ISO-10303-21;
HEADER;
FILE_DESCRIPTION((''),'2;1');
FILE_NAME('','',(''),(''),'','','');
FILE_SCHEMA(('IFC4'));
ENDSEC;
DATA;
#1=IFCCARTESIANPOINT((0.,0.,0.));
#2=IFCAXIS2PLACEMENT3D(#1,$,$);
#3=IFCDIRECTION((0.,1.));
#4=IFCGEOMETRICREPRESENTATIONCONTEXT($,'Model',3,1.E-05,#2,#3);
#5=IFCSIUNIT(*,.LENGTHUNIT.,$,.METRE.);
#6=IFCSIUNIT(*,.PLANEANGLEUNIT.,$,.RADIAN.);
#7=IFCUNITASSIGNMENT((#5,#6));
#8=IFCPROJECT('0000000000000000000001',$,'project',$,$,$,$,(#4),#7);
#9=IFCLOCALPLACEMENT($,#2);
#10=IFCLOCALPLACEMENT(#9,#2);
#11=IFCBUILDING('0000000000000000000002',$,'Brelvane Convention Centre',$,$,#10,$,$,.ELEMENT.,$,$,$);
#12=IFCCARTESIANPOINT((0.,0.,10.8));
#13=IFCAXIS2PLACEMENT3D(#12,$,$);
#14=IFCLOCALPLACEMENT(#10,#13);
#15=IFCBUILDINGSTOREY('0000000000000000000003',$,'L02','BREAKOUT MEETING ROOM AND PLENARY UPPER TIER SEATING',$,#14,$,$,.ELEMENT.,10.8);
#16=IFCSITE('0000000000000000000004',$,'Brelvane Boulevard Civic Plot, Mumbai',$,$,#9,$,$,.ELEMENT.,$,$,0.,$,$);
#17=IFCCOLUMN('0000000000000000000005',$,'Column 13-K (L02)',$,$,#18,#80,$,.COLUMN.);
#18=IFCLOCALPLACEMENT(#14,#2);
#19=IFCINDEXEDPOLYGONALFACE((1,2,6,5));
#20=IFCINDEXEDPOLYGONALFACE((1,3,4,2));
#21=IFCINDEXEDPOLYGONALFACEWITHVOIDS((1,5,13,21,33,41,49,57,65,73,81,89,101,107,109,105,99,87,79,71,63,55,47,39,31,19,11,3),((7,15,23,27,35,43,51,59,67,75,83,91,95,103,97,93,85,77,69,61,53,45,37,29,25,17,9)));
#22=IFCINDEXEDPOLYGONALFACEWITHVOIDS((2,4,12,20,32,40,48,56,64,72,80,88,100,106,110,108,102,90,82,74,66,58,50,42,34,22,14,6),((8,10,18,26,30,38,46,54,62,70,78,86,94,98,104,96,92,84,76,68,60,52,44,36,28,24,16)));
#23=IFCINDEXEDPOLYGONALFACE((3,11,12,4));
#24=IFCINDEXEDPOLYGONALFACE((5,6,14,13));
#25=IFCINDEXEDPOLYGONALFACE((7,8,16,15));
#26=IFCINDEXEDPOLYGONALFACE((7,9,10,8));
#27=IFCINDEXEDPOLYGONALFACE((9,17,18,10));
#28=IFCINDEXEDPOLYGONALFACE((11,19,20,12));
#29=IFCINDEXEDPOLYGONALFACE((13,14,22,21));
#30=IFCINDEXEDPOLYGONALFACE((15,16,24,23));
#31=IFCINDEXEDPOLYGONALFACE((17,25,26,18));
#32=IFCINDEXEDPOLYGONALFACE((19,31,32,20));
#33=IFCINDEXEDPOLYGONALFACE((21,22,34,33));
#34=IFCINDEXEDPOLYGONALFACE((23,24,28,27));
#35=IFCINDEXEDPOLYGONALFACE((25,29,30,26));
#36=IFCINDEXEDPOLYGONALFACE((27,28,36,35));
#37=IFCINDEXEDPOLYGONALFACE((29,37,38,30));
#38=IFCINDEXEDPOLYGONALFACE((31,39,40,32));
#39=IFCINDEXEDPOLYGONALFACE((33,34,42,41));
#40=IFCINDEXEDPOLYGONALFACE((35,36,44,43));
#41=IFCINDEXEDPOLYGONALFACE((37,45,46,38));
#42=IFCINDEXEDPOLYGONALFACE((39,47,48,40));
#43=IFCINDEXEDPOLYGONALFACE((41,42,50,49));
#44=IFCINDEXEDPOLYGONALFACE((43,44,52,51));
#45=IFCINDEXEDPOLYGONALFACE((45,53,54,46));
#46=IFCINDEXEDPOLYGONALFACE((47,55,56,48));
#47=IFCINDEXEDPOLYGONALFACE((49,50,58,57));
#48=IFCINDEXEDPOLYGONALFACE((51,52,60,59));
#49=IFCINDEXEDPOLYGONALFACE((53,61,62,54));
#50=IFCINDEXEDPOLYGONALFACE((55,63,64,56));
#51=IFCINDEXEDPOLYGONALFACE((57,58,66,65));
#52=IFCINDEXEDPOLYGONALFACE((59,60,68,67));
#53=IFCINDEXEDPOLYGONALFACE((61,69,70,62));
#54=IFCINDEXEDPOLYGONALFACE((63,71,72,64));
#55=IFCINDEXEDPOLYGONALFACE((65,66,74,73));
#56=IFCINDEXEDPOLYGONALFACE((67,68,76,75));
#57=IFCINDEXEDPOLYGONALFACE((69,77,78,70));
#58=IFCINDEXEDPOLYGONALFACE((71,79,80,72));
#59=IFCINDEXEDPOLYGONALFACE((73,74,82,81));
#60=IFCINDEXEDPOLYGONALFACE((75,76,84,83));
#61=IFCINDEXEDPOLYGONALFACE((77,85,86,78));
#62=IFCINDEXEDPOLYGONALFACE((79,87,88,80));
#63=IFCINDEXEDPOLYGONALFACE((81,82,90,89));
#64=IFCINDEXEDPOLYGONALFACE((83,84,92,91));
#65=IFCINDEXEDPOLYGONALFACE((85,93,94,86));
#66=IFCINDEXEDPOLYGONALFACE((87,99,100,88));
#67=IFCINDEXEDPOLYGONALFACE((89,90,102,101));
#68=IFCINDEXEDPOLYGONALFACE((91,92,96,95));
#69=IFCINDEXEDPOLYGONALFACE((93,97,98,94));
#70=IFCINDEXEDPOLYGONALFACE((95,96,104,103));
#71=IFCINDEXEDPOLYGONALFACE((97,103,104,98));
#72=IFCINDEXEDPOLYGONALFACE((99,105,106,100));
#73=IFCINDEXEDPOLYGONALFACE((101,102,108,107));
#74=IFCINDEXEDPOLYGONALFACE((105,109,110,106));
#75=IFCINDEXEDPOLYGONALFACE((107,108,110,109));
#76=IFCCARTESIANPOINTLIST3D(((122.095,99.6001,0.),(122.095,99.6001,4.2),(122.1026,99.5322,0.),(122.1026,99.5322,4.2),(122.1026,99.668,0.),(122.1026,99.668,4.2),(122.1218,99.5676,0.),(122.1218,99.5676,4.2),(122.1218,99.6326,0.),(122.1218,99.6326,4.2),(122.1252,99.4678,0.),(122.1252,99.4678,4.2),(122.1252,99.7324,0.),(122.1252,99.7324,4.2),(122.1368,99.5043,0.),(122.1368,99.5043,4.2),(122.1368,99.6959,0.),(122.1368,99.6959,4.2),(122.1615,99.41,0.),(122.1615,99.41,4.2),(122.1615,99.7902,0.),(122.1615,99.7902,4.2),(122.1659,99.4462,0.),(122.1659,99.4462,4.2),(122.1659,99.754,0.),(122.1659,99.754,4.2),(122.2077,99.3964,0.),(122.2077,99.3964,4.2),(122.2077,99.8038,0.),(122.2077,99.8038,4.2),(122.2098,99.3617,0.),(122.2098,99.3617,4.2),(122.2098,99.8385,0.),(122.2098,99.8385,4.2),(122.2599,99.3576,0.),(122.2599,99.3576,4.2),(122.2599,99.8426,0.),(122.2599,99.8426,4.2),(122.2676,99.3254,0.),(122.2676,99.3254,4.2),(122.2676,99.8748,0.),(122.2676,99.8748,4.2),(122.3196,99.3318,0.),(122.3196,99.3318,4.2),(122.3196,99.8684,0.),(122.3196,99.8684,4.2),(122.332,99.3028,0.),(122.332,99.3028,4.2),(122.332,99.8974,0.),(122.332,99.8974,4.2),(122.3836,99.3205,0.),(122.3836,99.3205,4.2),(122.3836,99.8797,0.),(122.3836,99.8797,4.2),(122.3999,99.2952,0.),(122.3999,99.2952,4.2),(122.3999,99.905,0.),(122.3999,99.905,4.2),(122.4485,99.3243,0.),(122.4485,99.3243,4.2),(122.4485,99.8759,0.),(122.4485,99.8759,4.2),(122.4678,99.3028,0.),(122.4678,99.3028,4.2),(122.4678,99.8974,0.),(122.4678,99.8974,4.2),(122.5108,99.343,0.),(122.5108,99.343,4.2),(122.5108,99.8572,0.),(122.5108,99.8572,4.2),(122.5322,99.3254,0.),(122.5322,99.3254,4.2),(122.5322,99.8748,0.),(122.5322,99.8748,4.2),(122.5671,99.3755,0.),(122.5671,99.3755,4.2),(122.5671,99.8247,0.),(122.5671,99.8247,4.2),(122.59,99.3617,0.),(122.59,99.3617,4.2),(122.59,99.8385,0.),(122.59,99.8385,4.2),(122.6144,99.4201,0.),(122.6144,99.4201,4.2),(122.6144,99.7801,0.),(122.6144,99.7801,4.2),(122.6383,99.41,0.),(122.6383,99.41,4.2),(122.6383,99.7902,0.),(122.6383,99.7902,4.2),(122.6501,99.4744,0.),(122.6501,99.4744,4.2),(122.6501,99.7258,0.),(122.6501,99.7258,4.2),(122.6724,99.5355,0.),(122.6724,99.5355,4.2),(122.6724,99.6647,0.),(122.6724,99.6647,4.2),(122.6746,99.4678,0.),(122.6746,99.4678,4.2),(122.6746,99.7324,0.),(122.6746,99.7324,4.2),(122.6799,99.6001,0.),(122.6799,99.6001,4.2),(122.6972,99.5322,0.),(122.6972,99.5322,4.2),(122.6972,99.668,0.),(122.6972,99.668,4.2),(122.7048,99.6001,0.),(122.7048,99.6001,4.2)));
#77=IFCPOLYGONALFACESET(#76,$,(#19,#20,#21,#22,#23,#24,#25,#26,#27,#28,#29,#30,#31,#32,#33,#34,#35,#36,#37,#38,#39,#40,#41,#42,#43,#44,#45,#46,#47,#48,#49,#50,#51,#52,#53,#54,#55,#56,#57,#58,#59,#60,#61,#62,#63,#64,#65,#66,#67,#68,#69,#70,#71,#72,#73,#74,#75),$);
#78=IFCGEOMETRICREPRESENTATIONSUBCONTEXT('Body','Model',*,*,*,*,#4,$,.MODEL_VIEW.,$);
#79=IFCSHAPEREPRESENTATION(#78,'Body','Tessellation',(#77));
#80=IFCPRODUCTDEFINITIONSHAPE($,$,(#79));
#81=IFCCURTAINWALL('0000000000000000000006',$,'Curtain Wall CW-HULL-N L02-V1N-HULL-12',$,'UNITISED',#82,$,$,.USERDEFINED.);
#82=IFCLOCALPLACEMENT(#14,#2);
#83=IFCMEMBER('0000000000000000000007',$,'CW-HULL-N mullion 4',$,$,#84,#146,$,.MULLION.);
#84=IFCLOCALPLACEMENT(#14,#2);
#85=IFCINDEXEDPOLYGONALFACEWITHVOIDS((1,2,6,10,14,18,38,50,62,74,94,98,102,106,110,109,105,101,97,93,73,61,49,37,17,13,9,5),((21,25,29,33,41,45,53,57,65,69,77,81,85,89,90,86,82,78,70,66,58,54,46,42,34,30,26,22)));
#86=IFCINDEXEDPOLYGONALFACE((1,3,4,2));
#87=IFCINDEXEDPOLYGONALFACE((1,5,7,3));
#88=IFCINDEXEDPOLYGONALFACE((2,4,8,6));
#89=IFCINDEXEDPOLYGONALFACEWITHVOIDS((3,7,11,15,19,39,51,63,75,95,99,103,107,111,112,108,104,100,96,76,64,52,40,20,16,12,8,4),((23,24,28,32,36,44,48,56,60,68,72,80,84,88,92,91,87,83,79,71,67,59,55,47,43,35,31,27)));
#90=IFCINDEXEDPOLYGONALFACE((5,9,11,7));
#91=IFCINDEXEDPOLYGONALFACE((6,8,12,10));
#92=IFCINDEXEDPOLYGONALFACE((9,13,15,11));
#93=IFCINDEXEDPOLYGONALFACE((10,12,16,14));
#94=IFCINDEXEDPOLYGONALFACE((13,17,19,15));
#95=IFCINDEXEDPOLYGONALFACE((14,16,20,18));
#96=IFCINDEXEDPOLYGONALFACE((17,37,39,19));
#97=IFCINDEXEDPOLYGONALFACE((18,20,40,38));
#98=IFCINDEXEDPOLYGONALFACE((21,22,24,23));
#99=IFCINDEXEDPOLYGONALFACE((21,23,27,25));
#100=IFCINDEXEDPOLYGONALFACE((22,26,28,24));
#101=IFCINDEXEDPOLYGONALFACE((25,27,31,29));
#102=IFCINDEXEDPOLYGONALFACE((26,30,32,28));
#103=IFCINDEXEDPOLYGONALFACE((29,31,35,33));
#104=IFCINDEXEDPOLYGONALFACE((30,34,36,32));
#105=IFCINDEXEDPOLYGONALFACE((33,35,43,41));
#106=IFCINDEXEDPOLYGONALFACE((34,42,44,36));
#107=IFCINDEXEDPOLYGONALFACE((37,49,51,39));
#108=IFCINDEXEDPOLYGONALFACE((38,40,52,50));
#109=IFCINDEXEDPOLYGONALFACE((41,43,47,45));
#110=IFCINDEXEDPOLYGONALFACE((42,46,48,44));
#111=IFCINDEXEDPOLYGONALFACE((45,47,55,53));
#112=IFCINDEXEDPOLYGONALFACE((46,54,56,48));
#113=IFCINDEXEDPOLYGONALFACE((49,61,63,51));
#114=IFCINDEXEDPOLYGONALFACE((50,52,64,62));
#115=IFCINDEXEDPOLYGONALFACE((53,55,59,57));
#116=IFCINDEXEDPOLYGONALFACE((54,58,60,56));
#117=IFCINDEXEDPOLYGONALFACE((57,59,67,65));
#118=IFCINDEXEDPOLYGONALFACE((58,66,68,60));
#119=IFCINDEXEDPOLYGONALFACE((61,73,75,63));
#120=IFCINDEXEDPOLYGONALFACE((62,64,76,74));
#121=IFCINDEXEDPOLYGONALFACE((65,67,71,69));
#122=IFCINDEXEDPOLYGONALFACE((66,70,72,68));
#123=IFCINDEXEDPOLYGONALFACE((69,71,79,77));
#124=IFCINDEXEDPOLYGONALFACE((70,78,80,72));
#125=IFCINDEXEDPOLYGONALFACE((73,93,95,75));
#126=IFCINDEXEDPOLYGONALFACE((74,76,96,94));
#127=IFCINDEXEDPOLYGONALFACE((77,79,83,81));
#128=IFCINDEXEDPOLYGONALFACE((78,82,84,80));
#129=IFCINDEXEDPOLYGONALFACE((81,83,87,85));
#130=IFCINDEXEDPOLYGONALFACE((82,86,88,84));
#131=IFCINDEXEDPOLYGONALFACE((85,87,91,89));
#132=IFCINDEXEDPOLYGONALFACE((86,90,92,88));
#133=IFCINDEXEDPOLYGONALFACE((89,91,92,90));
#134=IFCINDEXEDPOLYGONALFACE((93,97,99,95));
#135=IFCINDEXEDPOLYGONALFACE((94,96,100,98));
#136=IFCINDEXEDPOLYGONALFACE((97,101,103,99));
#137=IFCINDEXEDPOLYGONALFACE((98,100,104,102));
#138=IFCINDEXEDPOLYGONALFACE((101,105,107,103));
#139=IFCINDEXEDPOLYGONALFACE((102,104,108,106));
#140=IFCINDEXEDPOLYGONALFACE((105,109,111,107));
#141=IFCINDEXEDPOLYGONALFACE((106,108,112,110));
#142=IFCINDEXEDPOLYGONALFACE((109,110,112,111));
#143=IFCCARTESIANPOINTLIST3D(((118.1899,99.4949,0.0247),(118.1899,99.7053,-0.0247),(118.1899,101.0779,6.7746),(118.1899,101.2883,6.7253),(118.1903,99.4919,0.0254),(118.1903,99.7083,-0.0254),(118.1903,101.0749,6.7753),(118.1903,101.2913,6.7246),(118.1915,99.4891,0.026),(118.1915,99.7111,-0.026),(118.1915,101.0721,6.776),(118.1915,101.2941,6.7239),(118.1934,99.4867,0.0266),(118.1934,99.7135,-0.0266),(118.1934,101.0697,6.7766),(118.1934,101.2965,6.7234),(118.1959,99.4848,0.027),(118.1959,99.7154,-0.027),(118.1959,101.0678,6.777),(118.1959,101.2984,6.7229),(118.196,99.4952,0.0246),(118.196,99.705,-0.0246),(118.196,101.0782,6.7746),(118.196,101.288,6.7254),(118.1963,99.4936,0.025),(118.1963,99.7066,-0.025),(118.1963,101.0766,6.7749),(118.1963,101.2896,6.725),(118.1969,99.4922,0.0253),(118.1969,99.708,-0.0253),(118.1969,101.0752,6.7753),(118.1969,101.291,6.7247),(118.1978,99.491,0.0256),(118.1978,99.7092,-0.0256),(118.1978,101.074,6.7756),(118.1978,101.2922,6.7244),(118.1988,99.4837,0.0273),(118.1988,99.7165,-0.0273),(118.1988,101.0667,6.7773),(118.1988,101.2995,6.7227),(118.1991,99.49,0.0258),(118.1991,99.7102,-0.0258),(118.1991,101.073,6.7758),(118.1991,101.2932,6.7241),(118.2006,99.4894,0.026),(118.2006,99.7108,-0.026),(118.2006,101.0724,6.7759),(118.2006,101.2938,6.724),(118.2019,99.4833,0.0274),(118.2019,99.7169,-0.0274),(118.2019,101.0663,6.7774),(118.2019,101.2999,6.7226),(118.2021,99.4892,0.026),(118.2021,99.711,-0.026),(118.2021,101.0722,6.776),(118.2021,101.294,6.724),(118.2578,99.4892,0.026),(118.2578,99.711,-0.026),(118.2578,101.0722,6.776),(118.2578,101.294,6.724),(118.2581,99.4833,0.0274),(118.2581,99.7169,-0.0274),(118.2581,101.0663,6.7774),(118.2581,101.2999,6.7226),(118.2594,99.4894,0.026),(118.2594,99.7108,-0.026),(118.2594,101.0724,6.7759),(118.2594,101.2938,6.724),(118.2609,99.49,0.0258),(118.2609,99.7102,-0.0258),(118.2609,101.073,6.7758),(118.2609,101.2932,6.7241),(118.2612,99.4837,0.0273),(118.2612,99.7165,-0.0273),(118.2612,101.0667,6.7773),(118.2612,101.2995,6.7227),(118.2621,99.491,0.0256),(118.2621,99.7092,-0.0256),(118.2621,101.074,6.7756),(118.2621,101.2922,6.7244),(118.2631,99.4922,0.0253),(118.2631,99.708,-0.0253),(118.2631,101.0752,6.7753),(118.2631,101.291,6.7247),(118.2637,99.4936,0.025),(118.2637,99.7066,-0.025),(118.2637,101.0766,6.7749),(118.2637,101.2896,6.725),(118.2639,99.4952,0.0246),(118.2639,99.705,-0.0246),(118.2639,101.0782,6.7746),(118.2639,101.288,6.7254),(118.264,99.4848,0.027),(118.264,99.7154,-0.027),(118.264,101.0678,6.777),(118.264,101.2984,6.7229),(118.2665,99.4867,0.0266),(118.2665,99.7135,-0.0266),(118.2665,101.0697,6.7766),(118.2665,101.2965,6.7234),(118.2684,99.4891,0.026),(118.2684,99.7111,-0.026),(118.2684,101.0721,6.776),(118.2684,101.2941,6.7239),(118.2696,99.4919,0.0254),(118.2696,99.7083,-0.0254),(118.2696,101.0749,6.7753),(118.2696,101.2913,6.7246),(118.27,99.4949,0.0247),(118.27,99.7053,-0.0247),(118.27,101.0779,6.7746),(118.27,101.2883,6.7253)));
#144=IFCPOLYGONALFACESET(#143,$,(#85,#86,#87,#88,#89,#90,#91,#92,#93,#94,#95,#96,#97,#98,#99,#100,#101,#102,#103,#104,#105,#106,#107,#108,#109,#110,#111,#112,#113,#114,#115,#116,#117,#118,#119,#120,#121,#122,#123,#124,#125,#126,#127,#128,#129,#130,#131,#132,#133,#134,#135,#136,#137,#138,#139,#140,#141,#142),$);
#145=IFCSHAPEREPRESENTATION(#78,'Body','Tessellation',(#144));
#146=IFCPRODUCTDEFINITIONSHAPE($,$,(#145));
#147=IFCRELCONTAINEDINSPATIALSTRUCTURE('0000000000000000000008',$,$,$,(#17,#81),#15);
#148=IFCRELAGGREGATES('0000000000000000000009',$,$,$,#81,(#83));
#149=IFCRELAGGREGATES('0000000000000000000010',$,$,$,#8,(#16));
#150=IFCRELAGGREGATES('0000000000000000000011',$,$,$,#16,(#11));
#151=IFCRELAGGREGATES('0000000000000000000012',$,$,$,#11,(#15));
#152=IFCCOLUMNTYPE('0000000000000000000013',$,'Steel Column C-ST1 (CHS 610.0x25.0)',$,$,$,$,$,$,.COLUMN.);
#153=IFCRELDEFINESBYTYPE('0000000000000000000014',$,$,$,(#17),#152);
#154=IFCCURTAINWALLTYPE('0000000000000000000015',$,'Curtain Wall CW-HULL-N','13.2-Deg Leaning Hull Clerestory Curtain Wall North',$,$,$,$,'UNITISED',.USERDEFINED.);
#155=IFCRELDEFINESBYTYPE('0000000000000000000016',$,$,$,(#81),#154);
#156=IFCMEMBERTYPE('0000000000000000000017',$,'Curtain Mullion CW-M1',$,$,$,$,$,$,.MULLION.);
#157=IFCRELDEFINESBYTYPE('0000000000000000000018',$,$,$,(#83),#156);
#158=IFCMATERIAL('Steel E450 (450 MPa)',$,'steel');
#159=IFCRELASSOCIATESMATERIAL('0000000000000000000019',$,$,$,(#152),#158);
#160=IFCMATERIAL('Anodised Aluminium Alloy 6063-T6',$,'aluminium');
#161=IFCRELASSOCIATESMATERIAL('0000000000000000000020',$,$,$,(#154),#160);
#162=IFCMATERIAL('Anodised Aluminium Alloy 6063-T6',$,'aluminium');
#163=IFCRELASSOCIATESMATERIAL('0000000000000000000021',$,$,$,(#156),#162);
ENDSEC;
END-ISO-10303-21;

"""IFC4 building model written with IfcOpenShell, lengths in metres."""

from ifc_helpers import new_model, si_unit, direction, frame, origin, origin_2d, place, context, subcontext, project, spatial, hollow_rectangle, hollow_circle, extrude, material, material_profile, profile_set, type_object, element, aggregate, save


model = new_model("IFC4")

# Units and contexts
model_context = context("Model", 3, precision=1e-05, world=origin(), true_north=direction((0.0, 1.0)))
body_context = subcontext(model_context, "Body", "Model", "MODEL_VIEW")
ifc_project = project(units=[si_unit("LENGTHUNIT", "METRE"), si_unit("PLANEANGLEUNIT", "RADIAN")], contexts=[model_context])

# Site, building, storey
site_placement = place(None, origin())
site = spatial("IfcSite", under=ifc_project, at=site_placement, Name="Brelvane Boulevard Civic Plot, Mumbai", CompositionType="ELEMENT", RefElevation=0.0)
building_placement = place(site_placement, origin())
building = spatial("IfcBuilding", under=site, at=building_placement, Name="Brelvane Convention Centre", CompositionType="ELEMENT")
storey_placement = place(building_placement, frame((0.0, 0.0, 10.8)))
storey = spatial("IfcBuildingStorey", under=building, at=storey_placement, Name="L02", Description="BREAKOUT MEETING ROOM AND PLENARY UPPER TIER SEATING", CompositionType="ELEMENT", Elevation=10.8)

# Column
ifc_material_1 = material(Name="Steel E450 (450 MPa)", Category="steel")
ifc_material_profile_1 = material_profile(ifc_material_1, hollow_circle(Radius=0.3049, WallThickness=0.0249, at=origin_2d()), Name="CHS 610.0x25.0")
ifc_profile_set_1 = profile_set([ifc_material_profile_1], Name="Steel E450 (450 MPa)")
column_type = type_object("IfcColumnType", Name="Steel Column C-ST1 (CHS 610.0x25.0)", PredefinedType="COLUMN", material=ifc_profile_set_1)
column_placement = place(storey_placement, frame((122.3999, 99.6001, 0.0), z_axis=(0.0, 0.0, 1.0), x_axis=(1.0, 0.0, 0.0)))
element("IfcColumn", 1, at=column_placement, inside=storey, type_object=column_type, Name="Column 13-K (L02)", PredefinedType="COLUMN", context=body_context, shape_type="SweptSolid", body=[
    extrude(hollow_circle(Radius=0.3049, WallThickness=0.0249, at=origin_2d()), origin(), (0.0, 0.0, 1.0), 4.2),
])

# Curtain wall, member
ifc_material_2 = material(Name="Anodised Aluminium Alloy 6063-T6", Category="aluminium")
curtain_wall_type = type_object("IfcCurtainWallType", Name="Curtain Wall CW-HULL-N", Description="13.2-Deg Leaning Hull Clerestory Curtain Wall North", ElementType="UNITISED", PredefinedType="USERDEFINED", material=ifc_material_2)
curtain_wall_1_placement = place(storey_placement, origin())
curtain_wall_1 = element("IfcCurtainWall", 2, at=curtain_wall_1_placement, inside=storey, type_object=curtain_wall_type, Name="Curtain Wall CW-HULL-N L02-V1N-HULL-12", ObjectType="UNITISED", PredefinedType="USERDEFINED")
ifc_material_3 = material(Name="Anodised Aluminium Alloy 6063-T6", Category="aluminium")
ifc_material_profile_2 = material_profile(ifc_material_3, hollow_rectangle(XDim=0.0801, YDim=0.24, WallThickness=0.0061, InnerFilletRadius=0.0061, OuterFilletRadius=0.012, at=origin_2d()), Name="ALU-M 240x80x6.0")
ifc_profile_set_2 = profile_set([ifc_material_profile_2], Name="Anodised Aluminium Alloy 6063-T6")
member_type_1 = type_object("IfcMemberType", Name="Curtain Mullion CW-M1", PredefinedType="MULLION", material=ifc_profile_set_2)
member_1_placement = place(storey_placement, frame((118.23, 99.6001, 0.0), z_axis=(0.0, 0.228325, 0.973585), x_axis=(-1.0, 0.0, 0.0)))
member_1 = element("IfcMember", 3, at=member_1_placement, type_object=member_type_1, Name="CW-HULL-N mullion 4", PredefinedType="MULLION", context=body_context, shape_type="SweptSolid", body=[
    extrude(hollow_rectangle(XDim=0.0801, YDim=0.24, WallThickness=0.0061, InnerFilletRadius=0.0061, OuterFilletRadius=0.012, at=origin_2d()), origin(), (0.0, 0.0, 1.0), 6.9331),
])

aggregate(curtain_wall_1, [member_1])

save(model, "model.ifc")
